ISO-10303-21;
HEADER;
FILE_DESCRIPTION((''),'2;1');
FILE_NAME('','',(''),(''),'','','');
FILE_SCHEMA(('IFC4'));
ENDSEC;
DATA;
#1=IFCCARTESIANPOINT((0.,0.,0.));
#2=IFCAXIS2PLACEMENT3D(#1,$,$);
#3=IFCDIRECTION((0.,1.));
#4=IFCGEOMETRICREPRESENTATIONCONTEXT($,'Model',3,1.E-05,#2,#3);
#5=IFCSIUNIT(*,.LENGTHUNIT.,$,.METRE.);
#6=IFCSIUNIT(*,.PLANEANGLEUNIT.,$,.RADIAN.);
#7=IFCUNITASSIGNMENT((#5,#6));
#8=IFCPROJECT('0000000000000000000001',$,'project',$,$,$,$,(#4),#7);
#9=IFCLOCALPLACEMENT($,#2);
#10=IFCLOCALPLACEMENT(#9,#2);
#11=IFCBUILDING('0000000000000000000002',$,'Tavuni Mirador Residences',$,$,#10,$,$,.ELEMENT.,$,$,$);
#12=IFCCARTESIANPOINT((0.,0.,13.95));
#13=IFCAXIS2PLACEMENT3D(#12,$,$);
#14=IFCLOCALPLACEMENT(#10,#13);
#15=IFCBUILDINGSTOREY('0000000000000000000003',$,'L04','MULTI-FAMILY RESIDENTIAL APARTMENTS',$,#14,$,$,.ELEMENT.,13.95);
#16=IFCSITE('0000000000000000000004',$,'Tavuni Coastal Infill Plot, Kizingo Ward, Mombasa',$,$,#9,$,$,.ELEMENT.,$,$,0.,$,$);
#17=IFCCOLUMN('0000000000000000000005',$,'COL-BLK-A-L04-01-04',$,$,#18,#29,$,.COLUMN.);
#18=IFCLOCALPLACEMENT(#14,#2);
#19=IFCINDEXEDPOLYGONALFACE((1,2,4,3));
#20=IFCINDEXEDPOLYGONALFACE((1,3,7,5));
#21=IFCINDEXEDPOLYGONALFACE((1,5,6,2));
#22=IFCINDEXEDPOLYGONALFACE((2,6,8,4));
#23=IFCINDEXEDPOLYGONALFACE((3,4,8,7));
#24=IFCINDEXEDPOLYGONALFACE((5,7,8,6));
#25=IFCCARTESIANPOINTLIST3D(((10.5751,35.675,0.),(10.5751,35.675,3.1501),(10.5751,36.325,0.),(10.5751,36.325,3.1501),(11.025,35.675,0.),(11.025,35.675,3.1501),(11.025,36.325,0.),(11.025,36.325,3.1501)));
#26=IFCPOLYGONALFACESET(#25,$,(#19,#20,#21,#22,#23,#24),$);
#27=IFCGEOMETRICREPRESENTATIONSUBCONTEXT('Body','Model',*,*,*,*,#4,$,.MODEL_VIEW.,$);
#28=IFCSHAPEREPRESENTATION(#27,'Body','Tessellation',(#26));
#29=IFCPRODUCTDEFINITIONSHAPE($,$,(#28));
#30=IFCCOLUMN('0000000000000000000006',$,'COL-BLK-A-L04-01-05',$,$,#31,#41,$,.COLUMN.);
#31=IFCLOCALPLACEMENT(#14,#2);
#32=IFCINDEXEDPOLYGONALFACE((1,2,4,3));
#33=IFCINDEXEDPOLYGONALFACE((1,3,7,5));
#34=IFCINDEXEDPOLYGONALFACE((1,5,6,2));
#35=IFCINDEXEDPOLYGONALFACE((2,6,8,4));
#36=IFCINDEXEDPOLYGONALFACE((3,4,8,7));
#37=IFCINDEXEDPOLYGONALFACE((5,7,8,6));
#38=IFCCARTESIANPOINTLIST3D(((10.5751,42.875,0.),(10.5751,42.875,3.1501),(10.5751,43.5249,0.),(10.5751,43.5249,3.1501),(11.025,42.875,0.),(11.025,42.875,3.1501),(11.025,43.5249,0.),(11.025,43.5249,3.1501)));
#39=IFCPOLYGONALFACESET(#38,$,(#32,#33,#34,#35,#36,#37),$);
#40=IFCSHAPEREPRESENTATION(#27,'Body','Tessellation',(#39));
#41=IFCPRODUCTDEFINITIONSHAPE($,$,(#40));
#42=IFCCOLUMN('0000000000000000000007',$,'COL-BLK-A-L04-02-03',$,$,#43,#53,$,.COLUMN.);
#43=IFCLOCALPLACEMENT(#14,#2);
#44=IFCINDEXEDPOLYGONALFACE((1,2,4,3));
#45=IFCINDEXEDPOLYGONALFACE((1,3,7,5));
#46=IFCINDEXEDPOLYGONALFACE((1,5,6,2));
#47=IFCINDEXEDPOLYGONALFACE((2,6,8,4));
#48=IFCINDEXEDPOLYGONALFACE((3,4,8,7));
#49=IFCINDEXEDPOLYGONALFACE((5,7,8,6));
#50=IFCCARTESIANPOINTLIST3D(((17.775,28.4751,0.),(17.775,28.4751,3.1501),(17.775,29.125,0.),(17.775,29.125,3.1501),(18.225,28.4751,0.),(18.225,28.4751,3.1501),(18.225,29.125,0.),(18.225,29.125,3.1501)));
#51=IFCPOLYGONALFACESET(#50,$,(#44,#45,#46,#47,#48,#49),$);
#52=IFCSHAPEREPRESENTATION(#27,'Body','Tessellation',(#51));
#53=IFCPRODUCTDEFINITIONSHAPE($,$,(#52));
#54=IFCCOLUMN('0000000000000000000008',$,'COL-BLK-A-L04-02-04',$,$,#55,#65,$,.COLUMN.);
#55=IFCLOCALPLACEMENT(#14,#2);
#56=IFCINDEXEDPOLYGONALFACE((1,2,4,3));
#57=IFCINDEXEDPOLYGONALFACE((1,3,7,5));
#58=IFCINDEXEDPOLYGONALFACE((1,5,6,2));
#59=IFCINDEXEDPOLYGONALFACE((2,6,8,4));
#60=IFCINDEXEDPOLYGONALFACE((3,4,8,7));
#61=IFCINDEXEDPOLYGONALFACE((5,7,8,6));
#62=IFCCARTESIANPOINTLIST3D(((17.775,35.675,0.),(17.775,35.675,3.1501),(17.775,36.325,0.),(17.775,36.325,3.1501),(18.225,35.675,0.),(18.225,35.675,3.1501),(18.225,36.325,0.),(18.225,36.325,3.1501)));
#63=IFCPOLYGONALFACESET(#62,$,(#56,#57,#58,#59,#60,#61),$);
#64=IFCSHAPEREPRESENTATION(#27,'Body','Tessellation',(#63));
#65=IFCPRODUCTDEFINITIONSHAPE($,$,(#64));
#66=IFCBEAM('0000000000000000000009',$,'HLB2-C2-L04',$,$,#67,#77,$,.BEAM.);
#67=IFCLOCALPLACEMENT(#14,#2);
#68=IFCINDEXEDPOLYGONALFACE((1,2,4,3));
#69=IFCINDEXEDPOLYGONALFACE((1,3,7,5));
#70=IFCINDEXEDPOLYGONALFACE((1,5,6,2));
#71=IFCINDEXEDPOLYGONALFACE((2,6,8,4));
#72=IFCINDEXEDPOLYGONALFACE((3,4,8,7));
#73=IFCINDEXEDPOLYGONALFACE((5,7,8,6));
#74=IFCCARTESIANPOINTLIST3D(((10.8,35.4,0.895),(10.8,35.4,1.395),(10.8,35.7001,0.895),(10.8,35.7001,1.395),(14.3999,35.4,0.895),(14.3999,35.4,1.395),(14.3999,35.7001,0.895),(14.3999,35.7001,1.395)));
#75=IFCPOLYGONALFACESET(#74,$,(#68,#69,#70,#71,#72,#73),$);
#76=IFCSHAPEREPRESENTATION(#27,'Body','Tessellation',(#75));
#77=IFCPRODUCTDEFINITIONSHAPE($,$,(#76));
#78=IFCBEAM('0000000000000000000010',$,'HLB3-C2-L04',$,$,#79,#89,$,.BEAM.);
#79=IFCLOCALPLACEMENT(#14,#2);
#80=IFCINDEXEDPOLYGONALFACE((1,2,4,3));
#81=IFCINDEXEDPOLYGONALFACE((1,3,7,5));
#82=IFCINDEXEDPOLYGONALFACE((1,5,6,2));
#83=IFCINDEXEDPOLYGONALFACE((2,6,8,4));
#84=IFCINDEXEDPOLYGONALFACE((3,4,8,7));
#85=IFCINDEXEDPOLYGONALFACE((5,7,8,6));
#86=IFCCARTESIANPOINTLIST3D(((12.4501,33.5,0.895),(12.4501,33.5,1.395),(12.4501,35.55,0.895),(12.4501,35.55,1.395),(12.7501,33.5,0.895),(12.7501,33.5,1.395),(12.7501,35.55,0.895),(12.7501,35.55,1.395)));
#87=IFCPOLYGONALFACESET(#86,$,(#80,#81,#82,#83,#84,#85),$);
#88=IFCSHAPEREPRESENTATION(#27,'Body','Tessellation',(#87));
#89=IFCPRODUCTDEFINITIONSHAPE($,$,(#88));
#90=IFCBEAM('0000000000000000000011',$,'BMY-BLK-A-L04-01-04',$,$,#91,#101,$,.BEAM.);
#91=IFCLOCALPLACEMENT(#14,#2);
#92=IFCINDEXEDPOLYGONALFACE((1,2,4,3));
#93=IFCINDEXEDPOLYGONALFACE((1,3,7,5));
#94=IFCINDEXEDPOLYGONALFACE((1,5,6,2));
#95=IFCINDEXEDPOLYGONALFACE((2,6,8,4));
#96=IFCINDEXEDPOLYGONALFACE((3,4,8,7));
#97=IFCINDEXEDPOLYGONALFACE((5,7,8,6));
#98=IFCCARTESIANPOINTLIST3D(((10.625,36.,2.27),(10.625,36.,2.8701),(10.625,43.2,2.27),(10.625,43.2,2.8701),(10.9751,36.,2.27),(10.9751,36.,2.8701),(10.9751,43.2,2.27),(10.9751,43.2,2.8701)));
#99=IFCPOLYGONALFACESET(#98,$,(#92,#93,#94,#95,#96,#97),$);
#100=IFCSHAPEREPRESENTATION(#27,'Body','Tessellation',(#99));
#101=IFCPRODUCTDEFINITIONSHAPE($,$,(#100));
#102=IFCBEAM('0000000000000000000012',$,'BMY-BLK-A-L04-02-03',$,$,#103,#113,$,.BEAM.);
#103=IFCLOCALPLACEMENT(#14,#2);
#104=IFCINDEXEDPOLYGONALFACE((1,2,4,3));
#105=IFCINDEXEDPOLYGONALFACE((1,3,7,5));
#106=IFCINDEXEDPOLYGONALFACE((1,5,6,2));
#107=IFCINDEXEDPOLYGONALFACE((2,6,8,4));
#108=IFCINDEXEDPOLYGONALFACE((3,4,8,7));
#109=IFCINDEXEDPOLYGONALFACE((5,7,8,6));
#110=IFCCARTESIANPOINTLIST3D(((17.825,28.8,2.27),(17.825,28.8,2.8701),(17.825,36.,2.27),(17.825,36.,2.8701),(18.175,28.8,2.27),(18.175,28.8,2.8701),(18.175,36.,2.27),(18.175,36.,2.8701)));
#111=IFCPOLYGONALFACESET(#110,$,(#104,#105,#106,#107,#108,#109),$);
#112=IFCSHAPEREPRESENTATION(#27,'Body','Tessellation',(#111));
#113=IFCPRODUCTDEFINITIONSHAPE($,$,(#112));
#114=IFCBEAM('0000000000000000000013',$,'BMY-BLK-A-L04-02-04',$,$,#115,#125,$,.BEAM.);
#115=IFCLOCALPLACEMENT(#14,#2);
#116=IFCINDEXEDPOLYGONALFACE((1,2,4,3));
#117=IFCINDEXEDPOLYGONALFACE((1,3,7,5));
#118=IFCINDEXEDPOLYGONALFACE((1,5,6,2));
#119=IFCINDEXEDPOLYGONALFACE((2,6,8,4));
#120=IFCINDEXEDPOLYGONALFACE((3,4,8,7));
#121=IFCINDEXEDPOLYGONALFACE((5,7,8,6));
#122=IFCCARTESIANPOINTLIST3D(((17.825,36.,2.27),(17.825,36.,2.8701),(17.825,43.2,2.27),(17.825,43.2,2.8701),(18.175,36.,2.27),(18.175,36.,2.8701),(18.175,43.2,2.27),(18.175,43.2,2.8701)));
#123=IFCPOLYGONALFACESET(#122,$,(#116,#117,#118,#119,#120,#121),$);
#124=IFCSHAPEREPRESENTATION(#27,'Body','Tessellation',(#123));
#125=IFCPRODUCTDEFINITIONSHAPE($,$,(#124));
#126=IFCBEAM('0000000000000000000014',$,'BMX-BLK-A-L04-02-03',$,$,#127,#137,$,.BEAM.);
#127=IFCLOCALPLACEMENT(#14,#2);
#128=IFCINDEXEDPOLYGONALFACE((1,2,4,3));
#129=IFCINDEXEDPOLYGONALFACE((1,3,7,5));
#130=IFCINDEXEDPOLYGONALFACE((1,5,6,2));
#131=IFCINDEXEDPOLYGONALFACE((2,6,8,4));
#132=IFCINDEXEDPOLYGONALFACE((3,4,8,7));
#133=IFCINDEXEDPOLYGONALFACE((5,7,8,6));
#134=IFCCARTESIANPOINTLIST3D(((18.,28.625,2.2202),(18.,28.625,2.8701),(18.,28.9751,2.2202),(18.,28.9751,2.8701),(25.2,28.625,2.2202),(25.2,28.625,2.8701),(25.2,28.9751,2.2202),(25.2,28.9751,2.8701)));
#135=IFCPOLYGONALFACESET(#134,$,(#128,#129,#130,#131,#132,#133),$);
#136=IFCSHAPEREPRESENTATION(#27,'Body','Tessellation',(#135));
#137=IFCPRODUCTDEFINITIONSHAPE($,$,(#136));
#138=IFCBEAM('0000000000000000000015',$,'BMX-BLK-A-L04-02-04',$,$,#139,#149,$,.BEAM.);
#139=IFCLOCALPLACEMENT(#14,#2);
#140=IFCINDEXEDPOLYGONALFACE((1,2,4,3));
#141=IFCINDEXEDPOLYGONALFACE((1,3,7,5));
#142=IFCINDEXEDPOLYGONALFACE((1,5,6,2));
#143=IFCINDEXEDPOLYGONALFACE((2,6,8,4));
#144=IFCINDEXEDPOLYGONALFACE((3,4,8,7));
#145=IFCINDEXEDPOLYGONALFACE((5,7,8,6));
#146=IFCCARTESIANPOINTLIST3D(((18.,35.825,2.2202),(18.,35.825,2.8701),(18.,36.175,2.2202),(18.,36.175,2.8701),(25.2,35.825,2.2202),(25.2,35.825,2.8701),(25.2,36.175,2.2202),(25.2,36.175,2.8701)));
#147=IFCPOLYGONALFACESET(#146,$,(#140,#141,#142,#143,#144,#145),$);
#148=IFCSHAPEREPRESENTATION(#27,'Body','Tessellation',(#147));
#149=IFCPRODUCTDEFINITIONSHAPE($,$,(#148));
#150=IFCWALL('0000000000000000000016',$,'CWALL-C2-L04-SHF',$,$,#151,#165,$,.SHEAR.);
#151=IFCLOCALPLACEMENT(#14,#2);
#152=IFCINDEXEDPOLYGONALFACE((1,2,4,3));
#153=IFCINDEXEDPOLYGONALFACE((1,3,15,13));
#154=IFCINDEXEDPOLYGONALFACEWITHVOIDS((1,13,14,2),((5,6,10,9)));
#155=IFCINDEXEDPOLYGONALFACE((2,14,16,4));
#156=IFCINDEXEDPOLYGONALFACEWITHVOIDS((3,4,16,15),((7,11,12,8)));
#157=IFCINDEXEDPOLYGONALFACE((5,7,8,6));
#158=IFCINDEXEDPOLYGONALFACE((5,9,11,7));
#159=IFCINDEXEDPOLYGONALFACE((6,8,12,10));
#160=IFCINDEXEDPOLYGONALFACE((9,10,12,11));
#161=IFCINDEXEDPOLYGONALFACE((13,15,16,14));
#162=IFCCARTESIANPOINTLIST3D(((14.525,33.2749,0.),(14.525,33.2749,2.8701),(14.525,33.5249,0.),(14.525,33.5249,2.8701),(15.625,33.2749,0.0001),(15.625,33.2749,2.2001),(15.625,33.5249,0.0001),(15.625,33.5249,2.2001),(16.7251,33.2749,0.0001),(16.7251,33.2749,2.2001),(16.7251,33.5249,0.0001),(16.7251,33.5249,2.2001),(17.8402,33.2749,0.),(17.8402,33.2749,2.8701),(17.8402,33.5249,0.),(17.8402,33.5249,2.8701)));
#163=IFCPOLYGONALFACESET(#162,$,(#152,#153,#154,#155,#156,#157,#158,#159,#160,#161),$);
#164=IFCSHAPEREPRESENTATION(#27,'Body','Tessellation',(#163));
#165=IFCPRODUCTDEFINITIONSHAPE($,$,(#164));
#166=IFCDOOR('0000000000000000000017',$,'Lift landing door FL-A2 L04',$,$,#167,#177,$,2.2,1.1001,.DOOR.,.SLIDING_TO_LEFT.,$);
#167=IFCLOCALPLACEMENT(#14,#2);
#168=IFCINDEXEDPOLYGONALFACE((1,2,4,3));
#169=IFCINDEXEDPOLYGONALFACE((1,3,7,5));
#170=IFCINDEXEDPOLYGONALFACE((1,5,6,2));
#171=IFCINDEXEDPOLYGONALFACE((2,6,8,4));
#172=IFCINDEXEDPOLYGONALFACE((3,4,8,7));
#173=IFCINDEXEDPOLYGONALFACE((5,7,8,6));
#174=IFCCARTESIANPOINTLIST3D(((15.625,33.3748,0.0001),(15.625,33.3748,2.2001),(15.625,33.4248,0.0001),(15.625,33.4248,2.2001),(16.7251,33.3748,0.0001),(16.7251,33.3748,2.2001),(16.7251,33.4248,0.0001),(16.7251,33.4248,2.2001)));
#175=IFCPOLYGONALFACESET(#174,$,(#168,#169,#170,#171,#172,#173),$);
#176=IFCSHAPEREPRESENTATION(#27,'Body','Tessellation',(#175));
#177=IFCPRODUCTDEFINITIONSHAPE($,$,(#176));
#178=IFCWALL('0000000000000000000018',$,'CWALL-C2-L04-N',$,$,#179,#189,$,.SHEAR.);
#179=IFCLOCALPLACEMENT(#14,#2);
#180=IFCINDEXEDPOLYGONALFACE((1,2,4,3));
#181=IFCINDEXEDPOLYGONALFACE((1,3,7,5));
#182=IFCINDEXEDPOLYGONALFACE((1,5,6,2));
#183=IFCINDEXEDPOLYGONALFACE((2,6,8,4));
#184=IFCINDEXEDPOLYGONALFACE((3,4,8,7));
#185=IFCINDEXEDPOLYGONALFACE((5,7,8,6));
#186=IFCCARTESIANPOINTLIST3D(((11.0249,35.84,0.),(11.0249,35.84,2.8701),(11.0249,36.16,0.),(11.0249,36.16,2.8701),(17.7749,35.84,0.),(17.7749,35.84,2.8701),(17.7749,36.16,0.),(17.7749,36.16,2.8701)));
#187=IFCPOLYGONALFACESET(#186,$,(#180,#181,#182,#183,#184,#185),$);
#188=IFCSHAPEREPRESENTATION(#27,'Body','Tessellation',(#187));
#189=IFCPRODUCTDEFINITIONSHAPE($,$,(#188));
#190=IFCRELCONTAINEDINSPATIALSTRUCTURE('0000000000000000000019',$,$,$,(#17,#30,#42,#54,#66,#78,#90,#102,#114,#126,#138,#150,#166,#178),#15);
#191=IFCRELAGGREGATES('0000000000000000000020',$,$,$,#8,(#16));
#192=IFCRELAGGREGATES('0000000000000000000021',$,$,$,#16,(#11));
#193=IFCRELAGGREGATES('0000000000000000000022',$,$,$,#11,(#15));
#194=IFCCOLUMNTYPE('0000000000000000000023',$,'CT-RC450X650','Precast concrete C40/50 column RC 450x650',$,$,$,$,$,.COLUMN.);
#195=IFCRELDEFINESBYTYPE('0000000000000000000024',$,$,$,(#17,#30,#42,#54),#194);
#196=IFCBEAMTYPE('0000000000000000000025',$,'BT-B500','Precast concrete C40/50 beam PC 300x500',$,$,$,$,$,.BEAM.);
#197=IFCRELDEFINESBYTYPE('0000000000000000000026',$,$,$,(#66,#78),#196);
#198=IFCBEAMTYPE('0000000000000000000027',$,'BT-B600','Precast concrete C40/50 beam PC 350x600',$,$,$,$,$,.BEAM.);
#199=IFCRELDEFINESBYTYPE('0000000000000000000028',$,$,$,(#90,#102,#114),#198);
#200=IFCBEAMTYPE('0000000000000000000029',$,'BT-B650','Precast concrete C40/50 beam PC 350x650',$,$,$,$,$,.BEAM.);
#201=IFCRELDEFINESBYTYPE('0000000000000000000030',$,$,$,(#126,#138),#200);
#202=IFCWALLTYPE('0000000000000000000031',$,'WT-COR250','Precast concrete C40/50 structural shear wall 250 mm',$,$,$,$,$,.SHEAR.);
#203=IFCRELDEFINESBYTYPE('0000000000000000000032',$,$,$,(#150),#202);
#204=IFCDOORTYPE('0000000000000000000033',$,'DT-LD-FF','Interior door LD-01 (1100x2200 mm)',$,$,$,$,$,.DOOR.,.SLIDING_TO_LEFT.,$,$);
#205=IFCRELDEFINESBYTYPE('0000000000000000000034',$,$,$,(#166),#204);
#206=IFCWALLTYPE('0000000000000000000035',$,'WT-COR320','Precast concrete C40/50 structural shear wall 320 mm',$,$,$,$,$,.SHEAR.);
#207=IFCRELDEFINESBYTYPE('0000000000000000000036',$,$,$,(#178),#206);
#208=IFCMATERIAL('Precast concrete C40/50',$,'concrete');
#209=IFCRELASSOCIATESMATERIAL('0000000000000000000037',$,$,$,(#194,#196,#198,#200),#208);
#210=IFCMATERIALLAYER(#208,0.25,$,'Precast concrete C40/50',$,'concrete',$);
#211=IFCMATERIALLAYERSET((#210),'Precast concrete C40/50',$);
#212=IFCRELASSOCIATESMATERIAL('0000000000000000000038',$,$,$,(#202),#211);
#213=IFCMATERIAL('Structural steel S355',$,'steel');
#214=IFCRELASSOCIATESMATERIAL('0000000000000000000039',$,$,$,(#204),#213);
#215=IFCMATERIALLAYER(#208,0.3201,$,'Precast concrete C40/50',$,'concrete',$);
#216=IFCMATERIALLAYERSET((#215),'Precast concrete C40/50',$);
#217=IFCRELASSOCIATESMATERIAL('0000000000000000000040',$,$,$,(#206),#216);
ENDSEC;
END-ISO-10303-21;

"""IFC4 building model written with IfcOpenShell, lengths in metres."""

from ifc_helpers import new_model, si_unit, direction, frame, frame_2d, origin, origin_2d, place, context, subcontext, project, spatial, rectangle, extrude, material, layer, layer_set, material_profile, profile_set, type_object, element, fill, save


model = new_model("IFC4")

# Units and contexts
model_context = context("Model", 3, precision=1e-05, world=origin(), true_north=direction((0.0, 1.0)))
body_context = subcontext(model_context, "Body", "Model", "MODEL_VIEW")
ifc_project = project(units=[si_unit("LENGTHUNIT", "METRE"), si_unit("PLANEANGLEUNIT", "RADIAN")], contexts=[model_context])

# Site, building, storey
site_placement = place(None, origin())
site = spatial("IfcSite", under=ifc_project, at=site_placement, Name="Tavuni Coastal Infill Plot, Kizingo Ward, Mombasa", CompositionType="ELEMENT", RefElevation=0.0)
building_placement = place(site_placement, origin())
building = spatial("IfcBuilding", under=site, at=building_placement, Name="Tavuni Mirador Residences", CompositionType="ELEMENT")
storey_placement = place(building_placement, frame((0.0, 0.0, 13.95)))
storey = spatial("IfcBuildingStorey", under=building, at=storey_placement, Name="L04", Description="MULTI-FAMILY RESIDENTIAL APARTMENTS", CompositionType="ELEMENT", Elevation=13.95)

# Columns
ifc_material_1 = material(Name="Precast concrete C40/50", Category="concrete")
ifc_material_profile_1 = material_profile(ifc_material_1, rectangle(XDim=0.45, YDim=0.6499, at=origin_2d()), Name="RC 450x650", Category="concrete")
ifc_profile_set_1 = profile_set([ifc_material_profile_1], Name="Precast concrete C40/50")
column_type = type_object("IfcColumnType", Name="CT-RC450X650", Description="Precast concrete C40/50 column RC 450x650", PredefinedType="COLUMN", material=ifc_profile_set_1)
for number, where, z_axis, x_axis, name in (
    (1, (10.8, 36.0, 0.0), (0.0, 0.0, 1.0), (1.0, 0.0, 0.0), "COL-BLK-A-L04-01-04"),
    (2, (10.8, 43.2, 0.0), (0.0, 0.0, 1.0), (1.0, 0.0, 0.0), "COL-BLK-A-L04-01-05"),
    (3, (18.0, 28.8, 0.0), (0.0, 0.0, 1.0), (1.0, 0.0, 0.0), "COL-BLK-A-L04-02-03"),
    (4, (18.0, 36.0, 0.0), (0.0, 0.0, 1.0), (1.0, 0.0, 0.0), "COL-BLK-A-L04-02-04"),
):
    element("IfcColumn", number, at=place(storey_placement, frame(where, z_axis=z_axis, x_axis=x_axis)), inside=storey, type_object=column_type, Name=name, PredefinedType="COLUMN", context=body_context, shape_type="SweptSolid", body=[
        extrude(rectangle(XDim=0.45, YDim=0.6499, at=origin_2d()), origin(), (0.0, 0.0, 1.0), 3.1501),
    ])

# Beams
ifc_material_profile_2 = material_profile(ifc_material_1, rectangle(XDim=0.3, YDim=0.5, at=origin_2d()), Name="PC 300x500", Category="concrete")
ifc_profile_set_2 = profile_set([ifc_material_profile_2], Name="Precast concrete C40/50")
beam_type_1 = type_object("IfcBeamType", Name="BT-B500", Description="Precast concrete C40/50 beam PC 300x500", PredefinedType="BEAM", material=ifc_profile_set_2)
beam_1_placement = place(storey_placement, frame((10.8, 35.55, 1.145), z_axis=(1.0, 0.0, 0.0), x_axis=(0.0, 1.0, 0.0)))
element("IfcBeam", 5, at=beam_1_placement, inside=storey, type_object=beam_type_1, Name="HLB2-C2-L04", PredefinedType="BEAM", context=body_context, shape_type="SweptSolid", body=[
    extrude(rectangle(XDim=0.3, YDim=0.5, at=origin_2d()), origin(), (0.0, 0.0, 1.0), 3.5999),
])
beam_2_placement = place(storey_placement, frame((12.6001, 33.5, 1.145), z_axis=(0.0, 1.0, 0.0), x_axis=(-1.0, 0.0, 0.0)))
element("IfcBeam", 6, at=beam_2_placement, inside=storey, type_object=beam_type_1, Name="HLB3-C2-L04", PredefinedType="BEAM", context=body_context, shape_type="SweptSolid", body=[
    extrude(rectangle(XDim=0.3, YDim=0.5, at=origin_2d()), origin(), (0.0, 0.0, 1.0), 2.05),
])
ifc_material_profile_3 = material_profile(ifc_material_1, rectangle(XDim=0.3501, YDim=0.6001, at=origin_2d()), Name="PC 350x600", Category="concrete")
ifc_profile_set_3 = profile_set([ifc_material_profile_3], Name="Precast concrete C40/50")
beam_type_2 = type_object("IfcBeamType", Name="BT-B600", Description="Precast concrete C40/50 beam PC 350x600", PredefinedType="BEAM", material=ifc_profile_set_3)
for number, where, z_axis, x_axis, name in (
    (7, (10.8, 36.0, 2.5701), (0.0, 1.0, 0.0), (-1.0, 0.0, 0.0), "BMY-BLK-A-L04-01-04"),
    (8, (18.0, 28.8, 2.5701), (0.0, 1.0, 0.0), (-1.0, 0.0, 0.0), "BMY-BLK-A-L04-02-03"),
    (9, (18.0, 36.0, 2.5701), (0.0, 1.0, 0.0), (-1.0, 0.0, 0.0), "BMY-BLK-A-L04-02-04"),
):
    element("IfcBeam", number, at=place(storey_placement, frame(where, z_axis=z_axis, x_axis=x_axis)), inside=storey, type_object=beam_type_2, Name=name, PredefinedType="BEAM", context=body_context, shape_type="SweptSolid", body=[
        extrude(rectangle(XDim=0.3501, YDim=0.6001, at=origin_2d()), origin(), (0.0, 0.0, 1.0), 7.2),
    ])
ifc_material_profile_4 = material_profile(ifc_material_1, rectangle(XDim=0.3501, YDim=0.6499, at=origin_2d()), Name="PC 350x650", Category="concrete")
ifc_profile_set_4 = profile_set([ifc_material_profile_4], Name="Precast concrete C40/50")
beam_type_3 = type_object("IfcBeamType", Name="BT-B650", Description="Precast concrete C40/50 beam PC 350x650", PredefinedType="BEAM", material=ifc_profile_set_4)
for number, where, z_axis, x_axis, name in (
    (10, (18.0, 28.8, 2.5452), (1.0, 0.0, 0.0), (0.0, 1.0, 0.0), "BMX-BLK-A-L04-02-03"),
    (11, (18.0, 36.0, 2.5452), (1.0, 0.0, 0.0), (0.0, 1.0, 0.0), "BMX-BLK-A-L04-02-04"),
):
    element("IfcBeam", number, at=place(storey_placement, frame(where, z_axis=z_axis, x_axis=x_axis)), inside=storey, type_object=beam_type_3, Name=name, PredefinedType="BEAM", context=body_context, shape_type="SweptSolid", body=[
        extrude(rectangle(XDim=0.3501, YDim=0.6499, at=origin_2d()), origin(), (0.0, 0.0, 1.0), 7.2),
    ])

# Wall, opening, door
ifc_layer_1 = layer(ifc_material_1, 0.25, Name="Precast concrete C40/50", Category="concrete")
ifc_layer_set_1 = layer_set([ifc_layer_1], Name="Precast concrete C40/50")
wall_type_1 = type_object("IfcWallType", Name="WT-COR250", Description="Precast concrete C40/50 structural shear wall 250 mm", PredefinedType="SHEAR", material=ifc_layer_set_1)
wall_1_placement = place(storey_placement, frame((14.5249, 33.3999, 0.0), z_axis=(0.0, 0.0, 1.0), x_axis=(1.0, 0.0, 0.0)))
wall_1 = element("IfcWall", 12, at=wall_1_placement, inside=storey, type_object=wall_type_1, Name="CWALL-C2-L04-SHF", PredefinedType="SHEAR", context=body_context, shape_type="SweptSolid", body=[
    extrude(rectangle(XDim=3.3152, YDim=0.25, at=frame_2d((1.6577, 0.0))), origin(), (0.0, 0.0, 1.0), 2.8701),
])
opening_1_placement = place(wall_1_placement, frame((1.1001, 0.0, 0.0)))
opening_1 = element("IfcOpeningElement", 13, at=opening_1_placement, cuts=wall_1, PredefinedType="OPENING", context=body_context, shape_type="SweptSolid", body=[
    extrude(rectangle(XDim=1.1001, YDim=2.2, at=frame_2d((0.55, 1.1001))), frame((0.0, 0.135, 0.0), z_axis=(0.0, -1.0, 0.0), x_axis=(1.0, 0.0, 0.0)), (0.0, 0.0, 1.0), 0.27),
])
ifc_material_2 = material(Name="Structural steel S355", Category="steel")
door_type_1 = type_object("IfcDoorType", Name="DT-LD-FF", Description="Interior door LD-01 (1100x2200 mm)", OperationType="SLIDING_TO_LEFT", PredefinedType="DOOR", material=ifc_material_2)
door_1_placement = place(opening_1_placement, origin())
door_1 = element("IfcDoor", 14, at=door_1_placement, inside=storey, type_object=door_type_1, Name="Lift landing door FL-A2 L04", OperationType="SLIDING_TO_LEFT", OverallHeight=2.2, OverallWidth=1.1001, PredefinedType="DOOR", context=body_context, shape_type="SweptSolid", body=[
    extrude(rectangle(XDim=1.1001, YDim=2.2, at=frame_2d((0.55, 1.1001))), frame((0.0, 0.0249, 0.0), z_axis=(0.0, -1.0, 0.0), x_axis=(1.0, 0.0, 0.0)), (0.0, 0.0, 1.0), 0.05),
])
fill(opening_1, door_1)

# Wall
ifc_layer_2 = layer(ifc_material_1, 0.3201, Name="Precast concrete C40/50", Category="concrete")
ifc_layer_set_2 = layer_set([ifc_layer_2], Name="Precast concrete C40/50")
wall_type_2 = type_object("IfcWallType", Name="WT-COR320", Description="Precast concrete C40/50 structural shear wall 320 mm", PredefinedType="SHEAR", material=ifc_layer_set_2)
wall_2_placement = place(storey_placement, frame((11.0249, 36.0, 0.0), z_axis=(0.0, 0.0, 1.0), x_axis=(1.0, 0.0, 0.0)))
element("IfcWall", 15, at=wall_2_placement, inside=storey, type_object=wall_type_2, Name="CWALL-C2-L04-N", PredefinedType="SHEAR", context=body_context, shape_type="SweptSolid", body=[
    extrude(rectangle(XDim=6.75, YDim=0.3201, at=frame_2d((3.375, 0.0))), origin(), (0.0, 0.0, 1.0), 2.8701),
])

save(model, "model.ifc")
